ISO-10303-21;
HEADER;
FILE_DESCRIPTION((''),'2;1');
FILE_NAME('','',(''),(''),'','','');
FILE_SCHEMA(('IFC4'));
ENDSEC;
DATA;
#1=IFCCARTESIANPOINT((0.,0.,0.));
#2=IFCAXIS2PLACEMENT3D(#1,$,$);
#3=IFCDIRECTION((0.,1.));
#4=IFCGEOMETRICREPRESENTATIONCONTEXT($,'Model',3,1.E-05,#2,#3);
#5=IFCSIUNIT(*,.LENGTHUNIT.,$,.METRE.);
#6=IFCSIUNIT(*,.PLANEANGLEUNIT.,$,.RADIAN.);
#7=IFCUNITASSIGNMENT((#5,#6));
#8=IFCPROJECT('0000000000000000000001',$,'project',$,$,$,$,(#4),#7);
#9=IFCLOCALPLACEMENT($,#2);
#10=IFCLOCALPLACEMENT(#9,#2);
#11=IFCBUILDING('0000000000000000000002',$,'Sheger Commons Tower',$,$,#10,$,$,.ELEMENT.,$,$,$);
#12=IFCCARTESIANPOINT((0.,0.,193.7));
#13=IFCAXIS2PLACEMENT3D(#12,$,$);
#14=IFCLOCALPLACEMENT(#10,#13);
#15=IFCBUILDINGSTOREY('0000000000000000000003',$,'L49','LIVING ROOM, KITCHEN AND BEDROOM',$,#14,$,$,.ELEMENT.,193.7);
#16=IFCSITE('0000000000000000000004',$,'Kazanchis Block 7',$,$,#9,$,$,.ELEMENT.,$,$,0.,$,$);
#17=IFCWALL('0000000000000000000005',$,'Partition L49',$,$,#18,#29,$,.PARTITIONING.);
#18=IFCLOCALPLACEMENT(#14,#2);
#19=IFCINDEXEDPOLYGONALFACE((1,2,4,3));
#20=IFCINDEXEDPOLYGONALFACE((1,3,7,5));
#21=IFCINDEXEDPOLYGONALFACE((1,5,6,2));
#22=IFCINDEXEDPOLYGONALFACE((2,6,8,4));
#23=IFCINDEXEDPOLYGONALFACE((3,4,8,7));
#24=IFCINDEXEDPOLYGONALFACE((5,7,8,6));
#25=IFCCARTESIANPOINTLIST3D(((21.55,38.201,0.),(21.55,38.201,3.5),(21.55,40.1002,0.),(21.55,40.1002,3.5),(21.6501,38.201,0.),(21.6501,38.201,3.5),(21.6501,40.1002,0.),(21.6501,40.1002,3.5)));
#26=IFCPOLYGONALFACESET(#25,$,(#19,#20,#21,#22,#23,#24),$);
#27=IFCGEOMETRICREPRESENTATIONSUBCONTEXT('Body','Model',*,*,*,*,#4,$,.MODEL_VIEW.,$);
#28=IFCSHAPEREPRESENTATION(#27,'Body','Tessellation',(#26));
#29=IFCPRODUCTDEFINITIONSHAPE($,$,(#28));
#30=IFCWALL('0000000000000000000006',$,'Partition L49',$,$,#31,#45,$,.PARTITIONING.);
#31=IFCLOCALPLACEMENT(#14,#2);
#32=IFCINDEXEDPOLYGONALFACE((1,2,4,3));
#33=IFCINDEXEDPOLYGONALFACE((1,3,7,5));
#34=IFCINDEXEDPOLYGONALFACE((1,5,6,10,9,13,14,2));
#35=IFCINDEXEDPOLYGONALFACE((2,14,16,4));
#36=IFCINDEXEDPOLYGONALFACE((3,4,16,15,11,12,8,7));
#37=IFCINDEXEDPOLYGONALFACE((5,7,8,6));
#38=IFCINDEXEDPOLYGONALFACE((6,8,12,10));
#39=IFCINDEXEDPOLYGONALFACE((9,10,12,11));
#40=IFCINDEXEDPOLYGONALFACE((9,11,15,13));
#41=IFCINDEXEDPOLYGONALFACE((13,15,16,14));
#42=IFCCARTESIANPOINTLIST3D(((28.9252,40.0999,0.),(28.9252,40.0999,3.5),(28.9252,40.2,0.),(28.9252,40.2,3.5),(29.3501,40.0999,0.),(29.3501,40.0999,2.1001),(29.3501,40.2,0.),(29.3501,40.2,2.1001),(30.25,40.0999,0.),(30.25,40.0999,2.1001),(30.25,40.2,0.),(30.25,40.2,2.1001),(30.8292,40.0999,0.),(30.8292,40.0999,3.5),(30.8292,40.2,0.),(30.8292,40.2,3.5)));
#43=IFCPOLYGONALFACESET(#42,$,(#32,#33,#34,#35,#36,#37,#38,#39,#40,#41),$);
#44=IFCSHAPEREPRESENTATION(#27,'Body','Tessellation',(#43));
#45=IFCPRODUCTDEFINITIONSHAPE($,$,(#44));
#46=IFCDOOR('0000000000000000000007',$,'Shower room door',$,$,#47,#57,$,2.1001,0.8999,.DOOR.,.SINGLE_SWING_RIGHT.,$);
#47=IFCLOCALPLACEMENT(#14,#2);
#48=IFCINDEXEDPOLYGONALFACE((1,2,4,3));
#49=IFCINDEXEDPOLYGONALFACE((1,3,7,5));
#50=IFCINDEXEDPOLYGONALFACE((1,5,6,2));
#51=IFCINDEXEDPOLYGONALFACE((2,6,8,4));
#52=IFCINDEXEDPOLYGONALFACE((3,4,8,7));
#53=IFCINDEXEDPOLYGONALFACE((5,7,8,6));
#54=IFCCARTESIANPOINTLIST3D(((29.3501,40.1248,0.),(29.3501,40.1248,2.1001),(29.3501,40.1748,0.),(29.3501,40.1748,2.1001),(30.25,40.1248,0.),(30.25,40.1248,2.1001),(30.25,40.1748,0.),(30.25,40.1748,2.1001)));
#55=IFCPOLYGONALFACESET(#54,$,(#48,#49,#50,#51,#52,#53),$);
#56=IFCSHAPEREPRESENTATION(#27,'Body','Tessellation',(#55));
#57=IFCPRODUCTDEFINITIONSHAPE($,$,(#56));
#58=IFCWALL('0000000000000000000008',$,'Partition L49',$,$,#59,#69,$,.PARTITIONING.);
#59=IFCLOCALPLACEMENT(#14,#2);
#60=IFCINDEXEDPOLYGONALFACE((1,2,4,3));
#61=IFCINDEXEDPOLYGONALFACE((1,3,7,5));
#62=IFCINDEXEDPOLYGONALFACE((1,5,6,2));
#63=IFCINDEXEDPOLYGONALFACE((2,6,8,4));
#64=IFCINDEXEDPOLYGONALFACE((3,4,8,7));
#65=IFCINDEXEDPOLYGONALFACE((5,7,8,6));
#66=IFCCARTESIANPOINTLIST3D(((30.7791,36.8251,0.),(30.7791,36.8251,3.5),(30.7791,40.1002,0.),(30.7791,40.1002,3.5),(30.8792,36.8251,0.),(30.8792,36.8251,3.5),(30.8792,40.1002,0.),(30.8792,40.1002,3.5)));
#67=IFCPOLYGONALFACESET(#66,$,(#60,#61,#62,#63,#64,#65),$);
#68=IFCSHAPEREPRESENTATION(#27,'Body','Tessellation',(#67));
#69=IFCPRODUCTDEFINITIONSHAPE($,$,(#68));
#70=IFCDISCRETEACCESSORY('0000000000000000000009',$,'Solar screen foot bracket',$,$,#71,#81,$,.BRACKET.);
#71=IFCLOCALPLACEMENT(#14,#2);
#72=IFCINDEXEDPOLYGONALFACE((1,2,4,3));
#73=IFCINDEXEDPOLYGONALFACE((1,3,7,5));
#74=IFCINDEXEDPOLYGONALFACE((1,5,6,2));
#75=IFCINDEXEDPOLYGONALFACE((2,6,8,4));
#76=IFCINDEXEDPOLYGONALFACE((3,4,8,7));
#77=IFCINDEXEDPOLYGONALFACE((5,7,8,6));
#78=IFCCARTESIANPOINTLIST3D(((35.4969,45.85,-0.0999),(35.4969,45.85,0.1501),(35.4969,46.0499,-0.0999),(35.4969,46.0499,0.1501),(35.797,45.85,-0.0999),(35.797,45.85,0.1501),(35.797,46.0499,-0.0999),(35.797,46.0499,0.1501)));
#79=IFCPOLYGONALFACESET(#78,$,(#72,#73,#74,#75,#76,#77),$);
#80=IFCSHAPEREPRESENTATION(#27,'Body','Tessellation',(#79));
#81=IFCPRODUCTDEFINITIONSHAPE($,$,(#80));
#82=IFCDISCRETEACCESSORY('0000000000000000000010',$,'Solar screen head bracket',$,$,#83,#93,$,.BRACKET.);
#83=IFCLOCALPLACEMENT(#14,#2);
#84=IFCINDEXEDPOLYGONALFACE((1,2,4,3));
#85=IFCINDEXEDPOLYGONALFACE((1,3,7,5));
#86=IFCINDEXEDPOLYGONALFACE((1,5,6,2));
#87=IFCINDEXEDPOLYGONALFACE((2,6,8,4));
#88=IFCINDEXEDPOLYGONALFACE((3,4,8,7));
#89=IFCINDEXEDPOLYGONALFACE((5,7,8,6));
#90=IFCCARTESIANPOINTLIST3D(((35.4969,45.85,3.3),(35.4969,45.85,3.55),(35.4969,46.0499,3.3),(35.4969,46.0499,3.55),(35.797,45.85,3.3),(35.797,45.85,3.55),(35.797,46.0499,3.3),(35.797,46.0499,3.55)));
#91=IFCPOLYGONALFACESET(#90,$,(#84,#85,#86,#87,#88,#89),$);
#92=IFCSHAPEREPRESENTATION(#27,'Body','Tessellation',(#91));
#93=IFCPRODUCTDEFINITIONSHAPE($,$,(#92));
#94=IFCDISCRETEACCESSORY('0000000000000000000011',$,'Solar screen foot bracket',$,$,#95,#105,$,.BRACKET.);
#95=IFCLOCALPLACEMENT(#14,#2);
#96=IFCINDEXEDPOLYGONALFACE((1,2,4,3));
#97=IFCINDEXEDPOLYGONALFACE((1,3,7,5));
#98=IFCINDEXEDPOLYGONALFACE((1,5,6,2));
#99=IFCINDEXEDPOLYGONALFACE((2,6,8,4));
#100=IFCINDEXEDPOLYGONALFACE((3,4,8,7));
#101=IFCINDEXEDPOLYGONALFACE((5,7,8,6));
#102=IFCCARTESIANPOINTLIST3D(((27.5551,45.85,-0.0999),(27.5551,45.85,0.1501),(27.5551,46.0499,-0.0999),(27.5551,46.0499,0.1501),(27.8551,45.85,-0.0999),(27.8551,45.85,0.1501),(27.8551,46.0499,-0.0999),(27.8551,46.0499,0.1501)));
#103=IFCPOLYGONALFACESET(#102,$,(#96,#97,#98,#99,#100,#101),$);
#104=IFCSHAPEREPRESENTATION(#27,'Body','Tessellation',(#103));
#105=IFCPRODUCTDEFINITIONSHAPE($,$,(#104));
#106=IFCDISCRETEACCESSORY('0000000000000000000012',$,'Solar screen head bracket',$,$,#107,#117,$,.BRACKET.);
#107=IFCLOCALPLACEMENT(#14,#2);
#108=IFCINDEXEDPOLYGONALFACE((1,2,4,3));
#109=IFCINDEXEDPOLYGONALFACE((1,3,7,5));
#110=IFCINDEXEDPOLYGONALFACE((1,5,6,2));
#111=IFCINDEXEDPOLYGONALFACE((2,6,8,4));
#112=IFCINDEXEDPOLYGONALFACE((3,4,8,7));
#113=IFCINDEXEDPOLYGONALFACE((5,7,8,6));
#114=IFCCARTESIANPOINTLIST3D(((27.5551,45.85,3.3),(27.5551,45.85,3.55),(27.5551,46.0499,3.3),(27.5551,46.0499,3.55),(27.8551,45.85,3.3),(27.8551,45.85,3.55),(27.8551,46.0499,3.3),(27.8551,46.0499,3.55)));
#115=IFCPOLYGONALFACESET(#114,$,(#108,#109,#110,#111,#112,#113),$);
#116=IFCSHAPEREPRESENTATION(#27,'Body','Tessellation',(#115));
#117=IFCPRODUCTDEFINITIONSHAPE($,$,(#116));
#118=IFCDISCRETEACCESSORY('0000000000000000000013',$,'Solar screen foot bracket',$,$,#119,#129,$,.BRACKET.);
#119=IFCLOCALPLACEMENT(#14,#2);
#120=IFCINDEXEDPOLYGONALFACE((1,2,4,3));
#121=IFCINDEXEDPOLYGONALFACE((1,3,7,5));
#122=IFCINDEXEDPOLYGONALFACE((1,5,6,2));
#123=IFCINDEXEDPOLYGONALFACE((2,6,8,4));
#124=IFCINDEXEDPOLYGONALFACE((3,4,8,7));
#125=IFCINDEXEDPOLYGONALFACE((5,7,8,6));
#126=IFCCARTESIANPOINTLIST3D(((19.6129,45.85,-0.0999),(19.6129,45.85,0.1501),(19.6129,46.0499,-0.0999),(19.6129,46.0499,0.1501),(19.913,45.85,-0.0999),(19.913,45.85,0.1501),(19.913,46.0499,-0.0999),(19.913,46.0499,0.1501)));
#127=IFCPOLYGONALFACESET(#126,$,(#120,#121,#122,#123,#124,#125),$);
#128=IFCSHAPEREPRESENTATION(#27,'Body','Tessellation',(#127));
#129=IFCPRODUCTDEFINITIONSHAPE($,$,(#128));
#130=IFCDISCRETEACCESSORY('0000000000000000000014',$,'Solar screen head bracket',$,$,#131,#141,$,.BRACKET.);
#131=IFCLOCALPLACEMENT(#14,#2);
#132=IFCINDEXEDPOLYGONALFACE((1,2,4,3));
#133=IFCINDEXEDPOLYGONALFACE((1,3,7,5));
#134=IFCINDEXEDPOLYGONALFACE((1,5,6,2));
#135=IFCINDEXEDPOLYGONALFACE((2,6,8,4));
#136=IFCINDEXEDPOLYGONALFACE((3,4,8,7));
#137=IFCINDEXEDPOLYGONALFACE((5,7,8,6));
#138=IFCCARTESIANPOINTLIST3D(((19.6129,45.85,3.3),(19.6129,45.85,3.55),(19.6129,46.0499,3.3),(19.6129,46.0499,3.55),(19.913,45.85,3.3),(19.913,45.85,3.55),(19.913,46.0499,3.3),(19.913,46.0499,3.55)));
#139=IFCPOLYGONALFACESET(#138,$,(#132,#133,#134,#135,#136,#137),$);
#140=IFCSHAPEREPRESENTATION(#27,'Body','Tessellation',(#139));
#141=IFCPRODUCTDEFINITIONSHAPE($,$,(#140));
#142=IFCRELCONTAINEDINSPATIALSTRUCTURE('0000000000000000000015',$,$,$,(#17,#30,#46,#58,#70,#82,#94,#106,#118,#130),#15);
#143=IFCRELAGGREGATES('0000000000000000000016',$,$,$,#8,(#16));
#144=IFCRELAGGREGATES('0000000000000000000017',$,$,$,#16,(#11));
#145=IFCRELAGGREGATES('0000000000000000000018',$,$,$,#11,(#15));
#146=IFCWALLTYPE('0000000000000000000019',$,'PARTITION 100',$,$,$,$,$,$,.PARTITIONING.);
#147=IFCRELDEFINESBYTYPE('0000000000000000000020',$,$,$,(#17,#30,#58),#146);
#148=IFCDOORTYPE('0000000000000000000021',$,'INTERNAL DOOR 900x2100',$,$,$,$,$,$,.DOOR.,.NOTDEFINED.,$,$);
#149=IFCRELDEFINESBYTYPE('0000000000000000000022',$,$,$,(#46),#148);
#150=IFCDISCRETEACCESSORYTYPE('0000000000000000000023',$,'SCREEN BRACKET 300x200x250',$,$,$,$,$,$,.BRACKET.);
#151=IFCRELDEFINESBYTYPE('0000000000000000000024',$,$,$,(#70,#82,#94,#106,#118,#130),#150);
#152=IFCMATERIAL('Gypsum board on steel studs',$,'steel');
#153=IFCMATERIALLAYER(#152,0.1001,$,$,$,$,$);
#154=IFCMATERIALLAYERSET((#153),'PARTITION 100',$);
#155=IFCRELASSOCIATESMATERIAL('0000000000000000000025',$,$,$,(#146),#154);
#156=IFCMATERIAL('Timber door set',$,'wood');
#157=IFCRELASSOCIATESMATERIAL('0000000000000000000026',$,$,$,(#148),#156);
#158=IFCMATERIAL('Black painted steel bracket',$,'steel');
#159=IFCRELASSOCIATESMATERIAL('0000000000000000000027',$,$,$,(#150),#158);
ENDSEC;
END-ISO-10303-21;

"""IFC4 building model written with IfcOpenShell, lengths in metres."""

from ifc_helpers import new_model, si_unit, direction, frame, frame_2d, origin, origin_2d, place, context, subcontext, project, spatial, rectangle, extrude, material, layer, layer_set, type_object, element, fill, save


model = new_model("IFC4")

# Units and contexts
model_context = context("Model", 3, precision=1e-05, world=origin(), true_north=direction((0.0, 1.0)))
body_context = subcontext(model_context, "Body", "Model", "MODEL_VIEW")
ifc_project = project(units=[si_unit("LENGTHUNIT", "METRE"), si_unit("PLANEANGLEUNIT", "RADIAN")], contexts=[model_context])

# Site, building, storey
site_placement = place(None, origin())
site = spatial("IfcSite", under=ifc_project, at=site_placement, Name="Kazanchis Block 7", CompositionType="ELEMENT", RefElevation=0.0)
building_placement = place(site_placement, origin())
building = spatial("IfcBuilding", under=site, at=building_placement, Name="Sheger Commons Tower", CompositionType="ELEMENT")
storey_placement = place(building_placement, frame((0.0, 0.0, 193.7)))
storey = spatial("IfcBuildingStorey", under=building, at=storey_placement, Name="L49", Description="LIVING ROOM, KITCHEN AND BEDROOM", CompositionType="ELEMENT", Elevation=193.7)

# Wall
ifc_material_1 = material(Name="Gypsum board on steel studs", Category="steel")
ifc_layer_1 = layer(ifc_material_1, 0.1001)
ifc_layer_set_1 = layer_set([ifc_layer_1], Name="PARTITION 100")
wall_type_1 = type_object("IfcWallType", Name="PARTITION 100", PredefinedType="PARTITIONING", material=ifc_layer_set_1)
wall_1_placement = place(storey_placement, frame((21.6001, 38.2009, 0.0), z_axis=(0.0, 0.0, 1.0), x_axis=(0.0, 1.0, 0.0)))
element("IfcWall", 1, at=wall_1_placement, inside=storey, type_object=wall_type_1, Name="Partition L49", PredefinedType="PARTITIONING", context=body_context, shape_type="SweptSolid", body=[
    extrude(rectangle(XDim=1.8992, YDim=0.1001, at=frame_2d((0.9497, 0.0))), origin(), (0.0, 0.0, 1.0), 3.5),
])

# Wall, opening, door
wall_2_placement = place(storey_placement, frame((28.925, 40.1499, 0.0), z_axis=(0.0, 0.0, 1.0), x_axis=(1.0, 0.0, 0.0)))
wall_2 = element("IfcWall", 2, at=wall_2_placement, inside=storey, type_object=wall_type_1, Name="Partition L49", PredefinedType="PARTITIONING", context=body_context, shape_type="SweptSolid", body=[
    extrude(rectangle(XDim=1.9041, YDim=0.1001, at=frame_2d((0.9521, 0.0))), origin(), (0.0, 0.0, 1.0), 3.5),
])
opening_1_placement = place(wall_2_placement, frame((0.425, 0.0, 0.0)))
opening_1 = element("IfcOpeningElement", 3, at=opening_1_placement, cuts=wall_2, PredefinedType="OPENING", context=body_context, shape_type="SweptSolid", body=[
    extrude(rectangle(XDim=0.8999, YDim=2.1001, at=frame_2d((0.45, 1.05))), frame((0.0, 0.0601, 0.0), z_axis=(0.0, -1.0, 0.0), x_axis=(1.0, 0.0, 0.0)), (0.0, 0.0, 1.0), 0.1201),
])
ifc_material_2 = material(Name="Timber door set", Category="wood")
door_type_1 = type_object("IfcDoorType", Name="INTERNAL DOOR 900x2100", OperationType="NOTDEFINED", PredefinedType="DOOR", material=ifc_material_2)
door_1_placement = place(opening_1_placement, origin())
door_1 = element("IfcDoor", 4, at=door_1_placement, inside=storey, type_object=door_type_1, Name="Shower room door", OperationType="SINGLE_SWING_RIGHT", OverallHeight=2.1001, OverallWidth=0.8999, PredefinedType="DOOR", context=body_context, shape_type="SweptSolid", body=[
    extrude(rectangle(XDim=0.8999, YDim=2.1001, at=frame_2d((0.45, 1.05))), frame((0.0, 0.0249, 0.0), z_axis=(0.0, -1.0, 0.0), x_axis=(1.0, 0.0, 0.0)), (0.0, 0.0, 1.0), 0.05),
])
fill(opening_1, door_1)

# Wall
wall_3_placement = place(storey_placement, frame((30.8291, 36.825, 0.0), z_axis=(0.0, 0.0, 1.0), x_axis=(0.0, 1.0, 0.0)))
element("IfcWall", 5, at=wall_3_placement, inside=storey, type_object=wall_type_1, Name="Partition L49", PredefinedType="PARTITIONING", context=body_context, shape_type="SweptSolid", body=[
    extrude(rectangle(XDim=3.2751, YDim=0.1001, at=frame_2d((1.6377, 0.0))), origin(), (0.0, 0.0, 1.0), 3.5),
])

# Discrete accessories
ifc_material_3 = material(Name="Black painted steel bracket", Category="steel")
discrete_accessory_type = type_object("IfcDiscreteAccessoryType", Name="SCREEN BRACKET 300x200x250", PredefinedType="BRACKET", material=ifc_material_3)
for number, where, z_axis, x_axis, name in (
    (6, (35.647, 45.95, -0.0999), (0.0, 0.0, 1.0), (-1.0, 0.0, 0.0), "Solar screen foot bracket"),
    (7, (35.647, 45.95, 3.3), (0.0, 0.0, 1.0), (-1.0, 0.0, 0.0), "Solar screen head bracket"),
    (8, (27.7051, 45.95, -0.0999), (0.0, 0.0, 1.0), (-1.0, 0.0, 0.0), "Solar screen foot bracket"),
    (9, (27.7051, 45.95, 3.3), (0.0, 0.0, 1.0), (-1.0, 0.0, 0.0), "Solar screen head bracket"),
    (10, (19.7629, 45.95, -0.0999), (0.0, 0.0, 1.0), (-1.0, 0.0, 0.0), "Solar screen foot bracket"),
    (11, (19.7629, 45.95, 3.3), (0.0, 0.0, 1.0), (-1.0, 0.0, 0.0), "Solar screen head bracket"),
):
    element("IfcDiscreteAccessory", number, at=place(storey_placement, frame(where, z_axis=z_axis, x_axis=x_axis)), inside=storey, type_object=discrete_accessory_type, Name=name, PredefinedType="BRACKET", context=body_context, shape_type="SweptSolid", body=[
        extrude(rectangle(XDim=0.3, YDim=0.2, at=origin_2d()), origin(), (0.0, 0.0, 1.0), 0.25),
    ])

save(model, "model.ifc")
